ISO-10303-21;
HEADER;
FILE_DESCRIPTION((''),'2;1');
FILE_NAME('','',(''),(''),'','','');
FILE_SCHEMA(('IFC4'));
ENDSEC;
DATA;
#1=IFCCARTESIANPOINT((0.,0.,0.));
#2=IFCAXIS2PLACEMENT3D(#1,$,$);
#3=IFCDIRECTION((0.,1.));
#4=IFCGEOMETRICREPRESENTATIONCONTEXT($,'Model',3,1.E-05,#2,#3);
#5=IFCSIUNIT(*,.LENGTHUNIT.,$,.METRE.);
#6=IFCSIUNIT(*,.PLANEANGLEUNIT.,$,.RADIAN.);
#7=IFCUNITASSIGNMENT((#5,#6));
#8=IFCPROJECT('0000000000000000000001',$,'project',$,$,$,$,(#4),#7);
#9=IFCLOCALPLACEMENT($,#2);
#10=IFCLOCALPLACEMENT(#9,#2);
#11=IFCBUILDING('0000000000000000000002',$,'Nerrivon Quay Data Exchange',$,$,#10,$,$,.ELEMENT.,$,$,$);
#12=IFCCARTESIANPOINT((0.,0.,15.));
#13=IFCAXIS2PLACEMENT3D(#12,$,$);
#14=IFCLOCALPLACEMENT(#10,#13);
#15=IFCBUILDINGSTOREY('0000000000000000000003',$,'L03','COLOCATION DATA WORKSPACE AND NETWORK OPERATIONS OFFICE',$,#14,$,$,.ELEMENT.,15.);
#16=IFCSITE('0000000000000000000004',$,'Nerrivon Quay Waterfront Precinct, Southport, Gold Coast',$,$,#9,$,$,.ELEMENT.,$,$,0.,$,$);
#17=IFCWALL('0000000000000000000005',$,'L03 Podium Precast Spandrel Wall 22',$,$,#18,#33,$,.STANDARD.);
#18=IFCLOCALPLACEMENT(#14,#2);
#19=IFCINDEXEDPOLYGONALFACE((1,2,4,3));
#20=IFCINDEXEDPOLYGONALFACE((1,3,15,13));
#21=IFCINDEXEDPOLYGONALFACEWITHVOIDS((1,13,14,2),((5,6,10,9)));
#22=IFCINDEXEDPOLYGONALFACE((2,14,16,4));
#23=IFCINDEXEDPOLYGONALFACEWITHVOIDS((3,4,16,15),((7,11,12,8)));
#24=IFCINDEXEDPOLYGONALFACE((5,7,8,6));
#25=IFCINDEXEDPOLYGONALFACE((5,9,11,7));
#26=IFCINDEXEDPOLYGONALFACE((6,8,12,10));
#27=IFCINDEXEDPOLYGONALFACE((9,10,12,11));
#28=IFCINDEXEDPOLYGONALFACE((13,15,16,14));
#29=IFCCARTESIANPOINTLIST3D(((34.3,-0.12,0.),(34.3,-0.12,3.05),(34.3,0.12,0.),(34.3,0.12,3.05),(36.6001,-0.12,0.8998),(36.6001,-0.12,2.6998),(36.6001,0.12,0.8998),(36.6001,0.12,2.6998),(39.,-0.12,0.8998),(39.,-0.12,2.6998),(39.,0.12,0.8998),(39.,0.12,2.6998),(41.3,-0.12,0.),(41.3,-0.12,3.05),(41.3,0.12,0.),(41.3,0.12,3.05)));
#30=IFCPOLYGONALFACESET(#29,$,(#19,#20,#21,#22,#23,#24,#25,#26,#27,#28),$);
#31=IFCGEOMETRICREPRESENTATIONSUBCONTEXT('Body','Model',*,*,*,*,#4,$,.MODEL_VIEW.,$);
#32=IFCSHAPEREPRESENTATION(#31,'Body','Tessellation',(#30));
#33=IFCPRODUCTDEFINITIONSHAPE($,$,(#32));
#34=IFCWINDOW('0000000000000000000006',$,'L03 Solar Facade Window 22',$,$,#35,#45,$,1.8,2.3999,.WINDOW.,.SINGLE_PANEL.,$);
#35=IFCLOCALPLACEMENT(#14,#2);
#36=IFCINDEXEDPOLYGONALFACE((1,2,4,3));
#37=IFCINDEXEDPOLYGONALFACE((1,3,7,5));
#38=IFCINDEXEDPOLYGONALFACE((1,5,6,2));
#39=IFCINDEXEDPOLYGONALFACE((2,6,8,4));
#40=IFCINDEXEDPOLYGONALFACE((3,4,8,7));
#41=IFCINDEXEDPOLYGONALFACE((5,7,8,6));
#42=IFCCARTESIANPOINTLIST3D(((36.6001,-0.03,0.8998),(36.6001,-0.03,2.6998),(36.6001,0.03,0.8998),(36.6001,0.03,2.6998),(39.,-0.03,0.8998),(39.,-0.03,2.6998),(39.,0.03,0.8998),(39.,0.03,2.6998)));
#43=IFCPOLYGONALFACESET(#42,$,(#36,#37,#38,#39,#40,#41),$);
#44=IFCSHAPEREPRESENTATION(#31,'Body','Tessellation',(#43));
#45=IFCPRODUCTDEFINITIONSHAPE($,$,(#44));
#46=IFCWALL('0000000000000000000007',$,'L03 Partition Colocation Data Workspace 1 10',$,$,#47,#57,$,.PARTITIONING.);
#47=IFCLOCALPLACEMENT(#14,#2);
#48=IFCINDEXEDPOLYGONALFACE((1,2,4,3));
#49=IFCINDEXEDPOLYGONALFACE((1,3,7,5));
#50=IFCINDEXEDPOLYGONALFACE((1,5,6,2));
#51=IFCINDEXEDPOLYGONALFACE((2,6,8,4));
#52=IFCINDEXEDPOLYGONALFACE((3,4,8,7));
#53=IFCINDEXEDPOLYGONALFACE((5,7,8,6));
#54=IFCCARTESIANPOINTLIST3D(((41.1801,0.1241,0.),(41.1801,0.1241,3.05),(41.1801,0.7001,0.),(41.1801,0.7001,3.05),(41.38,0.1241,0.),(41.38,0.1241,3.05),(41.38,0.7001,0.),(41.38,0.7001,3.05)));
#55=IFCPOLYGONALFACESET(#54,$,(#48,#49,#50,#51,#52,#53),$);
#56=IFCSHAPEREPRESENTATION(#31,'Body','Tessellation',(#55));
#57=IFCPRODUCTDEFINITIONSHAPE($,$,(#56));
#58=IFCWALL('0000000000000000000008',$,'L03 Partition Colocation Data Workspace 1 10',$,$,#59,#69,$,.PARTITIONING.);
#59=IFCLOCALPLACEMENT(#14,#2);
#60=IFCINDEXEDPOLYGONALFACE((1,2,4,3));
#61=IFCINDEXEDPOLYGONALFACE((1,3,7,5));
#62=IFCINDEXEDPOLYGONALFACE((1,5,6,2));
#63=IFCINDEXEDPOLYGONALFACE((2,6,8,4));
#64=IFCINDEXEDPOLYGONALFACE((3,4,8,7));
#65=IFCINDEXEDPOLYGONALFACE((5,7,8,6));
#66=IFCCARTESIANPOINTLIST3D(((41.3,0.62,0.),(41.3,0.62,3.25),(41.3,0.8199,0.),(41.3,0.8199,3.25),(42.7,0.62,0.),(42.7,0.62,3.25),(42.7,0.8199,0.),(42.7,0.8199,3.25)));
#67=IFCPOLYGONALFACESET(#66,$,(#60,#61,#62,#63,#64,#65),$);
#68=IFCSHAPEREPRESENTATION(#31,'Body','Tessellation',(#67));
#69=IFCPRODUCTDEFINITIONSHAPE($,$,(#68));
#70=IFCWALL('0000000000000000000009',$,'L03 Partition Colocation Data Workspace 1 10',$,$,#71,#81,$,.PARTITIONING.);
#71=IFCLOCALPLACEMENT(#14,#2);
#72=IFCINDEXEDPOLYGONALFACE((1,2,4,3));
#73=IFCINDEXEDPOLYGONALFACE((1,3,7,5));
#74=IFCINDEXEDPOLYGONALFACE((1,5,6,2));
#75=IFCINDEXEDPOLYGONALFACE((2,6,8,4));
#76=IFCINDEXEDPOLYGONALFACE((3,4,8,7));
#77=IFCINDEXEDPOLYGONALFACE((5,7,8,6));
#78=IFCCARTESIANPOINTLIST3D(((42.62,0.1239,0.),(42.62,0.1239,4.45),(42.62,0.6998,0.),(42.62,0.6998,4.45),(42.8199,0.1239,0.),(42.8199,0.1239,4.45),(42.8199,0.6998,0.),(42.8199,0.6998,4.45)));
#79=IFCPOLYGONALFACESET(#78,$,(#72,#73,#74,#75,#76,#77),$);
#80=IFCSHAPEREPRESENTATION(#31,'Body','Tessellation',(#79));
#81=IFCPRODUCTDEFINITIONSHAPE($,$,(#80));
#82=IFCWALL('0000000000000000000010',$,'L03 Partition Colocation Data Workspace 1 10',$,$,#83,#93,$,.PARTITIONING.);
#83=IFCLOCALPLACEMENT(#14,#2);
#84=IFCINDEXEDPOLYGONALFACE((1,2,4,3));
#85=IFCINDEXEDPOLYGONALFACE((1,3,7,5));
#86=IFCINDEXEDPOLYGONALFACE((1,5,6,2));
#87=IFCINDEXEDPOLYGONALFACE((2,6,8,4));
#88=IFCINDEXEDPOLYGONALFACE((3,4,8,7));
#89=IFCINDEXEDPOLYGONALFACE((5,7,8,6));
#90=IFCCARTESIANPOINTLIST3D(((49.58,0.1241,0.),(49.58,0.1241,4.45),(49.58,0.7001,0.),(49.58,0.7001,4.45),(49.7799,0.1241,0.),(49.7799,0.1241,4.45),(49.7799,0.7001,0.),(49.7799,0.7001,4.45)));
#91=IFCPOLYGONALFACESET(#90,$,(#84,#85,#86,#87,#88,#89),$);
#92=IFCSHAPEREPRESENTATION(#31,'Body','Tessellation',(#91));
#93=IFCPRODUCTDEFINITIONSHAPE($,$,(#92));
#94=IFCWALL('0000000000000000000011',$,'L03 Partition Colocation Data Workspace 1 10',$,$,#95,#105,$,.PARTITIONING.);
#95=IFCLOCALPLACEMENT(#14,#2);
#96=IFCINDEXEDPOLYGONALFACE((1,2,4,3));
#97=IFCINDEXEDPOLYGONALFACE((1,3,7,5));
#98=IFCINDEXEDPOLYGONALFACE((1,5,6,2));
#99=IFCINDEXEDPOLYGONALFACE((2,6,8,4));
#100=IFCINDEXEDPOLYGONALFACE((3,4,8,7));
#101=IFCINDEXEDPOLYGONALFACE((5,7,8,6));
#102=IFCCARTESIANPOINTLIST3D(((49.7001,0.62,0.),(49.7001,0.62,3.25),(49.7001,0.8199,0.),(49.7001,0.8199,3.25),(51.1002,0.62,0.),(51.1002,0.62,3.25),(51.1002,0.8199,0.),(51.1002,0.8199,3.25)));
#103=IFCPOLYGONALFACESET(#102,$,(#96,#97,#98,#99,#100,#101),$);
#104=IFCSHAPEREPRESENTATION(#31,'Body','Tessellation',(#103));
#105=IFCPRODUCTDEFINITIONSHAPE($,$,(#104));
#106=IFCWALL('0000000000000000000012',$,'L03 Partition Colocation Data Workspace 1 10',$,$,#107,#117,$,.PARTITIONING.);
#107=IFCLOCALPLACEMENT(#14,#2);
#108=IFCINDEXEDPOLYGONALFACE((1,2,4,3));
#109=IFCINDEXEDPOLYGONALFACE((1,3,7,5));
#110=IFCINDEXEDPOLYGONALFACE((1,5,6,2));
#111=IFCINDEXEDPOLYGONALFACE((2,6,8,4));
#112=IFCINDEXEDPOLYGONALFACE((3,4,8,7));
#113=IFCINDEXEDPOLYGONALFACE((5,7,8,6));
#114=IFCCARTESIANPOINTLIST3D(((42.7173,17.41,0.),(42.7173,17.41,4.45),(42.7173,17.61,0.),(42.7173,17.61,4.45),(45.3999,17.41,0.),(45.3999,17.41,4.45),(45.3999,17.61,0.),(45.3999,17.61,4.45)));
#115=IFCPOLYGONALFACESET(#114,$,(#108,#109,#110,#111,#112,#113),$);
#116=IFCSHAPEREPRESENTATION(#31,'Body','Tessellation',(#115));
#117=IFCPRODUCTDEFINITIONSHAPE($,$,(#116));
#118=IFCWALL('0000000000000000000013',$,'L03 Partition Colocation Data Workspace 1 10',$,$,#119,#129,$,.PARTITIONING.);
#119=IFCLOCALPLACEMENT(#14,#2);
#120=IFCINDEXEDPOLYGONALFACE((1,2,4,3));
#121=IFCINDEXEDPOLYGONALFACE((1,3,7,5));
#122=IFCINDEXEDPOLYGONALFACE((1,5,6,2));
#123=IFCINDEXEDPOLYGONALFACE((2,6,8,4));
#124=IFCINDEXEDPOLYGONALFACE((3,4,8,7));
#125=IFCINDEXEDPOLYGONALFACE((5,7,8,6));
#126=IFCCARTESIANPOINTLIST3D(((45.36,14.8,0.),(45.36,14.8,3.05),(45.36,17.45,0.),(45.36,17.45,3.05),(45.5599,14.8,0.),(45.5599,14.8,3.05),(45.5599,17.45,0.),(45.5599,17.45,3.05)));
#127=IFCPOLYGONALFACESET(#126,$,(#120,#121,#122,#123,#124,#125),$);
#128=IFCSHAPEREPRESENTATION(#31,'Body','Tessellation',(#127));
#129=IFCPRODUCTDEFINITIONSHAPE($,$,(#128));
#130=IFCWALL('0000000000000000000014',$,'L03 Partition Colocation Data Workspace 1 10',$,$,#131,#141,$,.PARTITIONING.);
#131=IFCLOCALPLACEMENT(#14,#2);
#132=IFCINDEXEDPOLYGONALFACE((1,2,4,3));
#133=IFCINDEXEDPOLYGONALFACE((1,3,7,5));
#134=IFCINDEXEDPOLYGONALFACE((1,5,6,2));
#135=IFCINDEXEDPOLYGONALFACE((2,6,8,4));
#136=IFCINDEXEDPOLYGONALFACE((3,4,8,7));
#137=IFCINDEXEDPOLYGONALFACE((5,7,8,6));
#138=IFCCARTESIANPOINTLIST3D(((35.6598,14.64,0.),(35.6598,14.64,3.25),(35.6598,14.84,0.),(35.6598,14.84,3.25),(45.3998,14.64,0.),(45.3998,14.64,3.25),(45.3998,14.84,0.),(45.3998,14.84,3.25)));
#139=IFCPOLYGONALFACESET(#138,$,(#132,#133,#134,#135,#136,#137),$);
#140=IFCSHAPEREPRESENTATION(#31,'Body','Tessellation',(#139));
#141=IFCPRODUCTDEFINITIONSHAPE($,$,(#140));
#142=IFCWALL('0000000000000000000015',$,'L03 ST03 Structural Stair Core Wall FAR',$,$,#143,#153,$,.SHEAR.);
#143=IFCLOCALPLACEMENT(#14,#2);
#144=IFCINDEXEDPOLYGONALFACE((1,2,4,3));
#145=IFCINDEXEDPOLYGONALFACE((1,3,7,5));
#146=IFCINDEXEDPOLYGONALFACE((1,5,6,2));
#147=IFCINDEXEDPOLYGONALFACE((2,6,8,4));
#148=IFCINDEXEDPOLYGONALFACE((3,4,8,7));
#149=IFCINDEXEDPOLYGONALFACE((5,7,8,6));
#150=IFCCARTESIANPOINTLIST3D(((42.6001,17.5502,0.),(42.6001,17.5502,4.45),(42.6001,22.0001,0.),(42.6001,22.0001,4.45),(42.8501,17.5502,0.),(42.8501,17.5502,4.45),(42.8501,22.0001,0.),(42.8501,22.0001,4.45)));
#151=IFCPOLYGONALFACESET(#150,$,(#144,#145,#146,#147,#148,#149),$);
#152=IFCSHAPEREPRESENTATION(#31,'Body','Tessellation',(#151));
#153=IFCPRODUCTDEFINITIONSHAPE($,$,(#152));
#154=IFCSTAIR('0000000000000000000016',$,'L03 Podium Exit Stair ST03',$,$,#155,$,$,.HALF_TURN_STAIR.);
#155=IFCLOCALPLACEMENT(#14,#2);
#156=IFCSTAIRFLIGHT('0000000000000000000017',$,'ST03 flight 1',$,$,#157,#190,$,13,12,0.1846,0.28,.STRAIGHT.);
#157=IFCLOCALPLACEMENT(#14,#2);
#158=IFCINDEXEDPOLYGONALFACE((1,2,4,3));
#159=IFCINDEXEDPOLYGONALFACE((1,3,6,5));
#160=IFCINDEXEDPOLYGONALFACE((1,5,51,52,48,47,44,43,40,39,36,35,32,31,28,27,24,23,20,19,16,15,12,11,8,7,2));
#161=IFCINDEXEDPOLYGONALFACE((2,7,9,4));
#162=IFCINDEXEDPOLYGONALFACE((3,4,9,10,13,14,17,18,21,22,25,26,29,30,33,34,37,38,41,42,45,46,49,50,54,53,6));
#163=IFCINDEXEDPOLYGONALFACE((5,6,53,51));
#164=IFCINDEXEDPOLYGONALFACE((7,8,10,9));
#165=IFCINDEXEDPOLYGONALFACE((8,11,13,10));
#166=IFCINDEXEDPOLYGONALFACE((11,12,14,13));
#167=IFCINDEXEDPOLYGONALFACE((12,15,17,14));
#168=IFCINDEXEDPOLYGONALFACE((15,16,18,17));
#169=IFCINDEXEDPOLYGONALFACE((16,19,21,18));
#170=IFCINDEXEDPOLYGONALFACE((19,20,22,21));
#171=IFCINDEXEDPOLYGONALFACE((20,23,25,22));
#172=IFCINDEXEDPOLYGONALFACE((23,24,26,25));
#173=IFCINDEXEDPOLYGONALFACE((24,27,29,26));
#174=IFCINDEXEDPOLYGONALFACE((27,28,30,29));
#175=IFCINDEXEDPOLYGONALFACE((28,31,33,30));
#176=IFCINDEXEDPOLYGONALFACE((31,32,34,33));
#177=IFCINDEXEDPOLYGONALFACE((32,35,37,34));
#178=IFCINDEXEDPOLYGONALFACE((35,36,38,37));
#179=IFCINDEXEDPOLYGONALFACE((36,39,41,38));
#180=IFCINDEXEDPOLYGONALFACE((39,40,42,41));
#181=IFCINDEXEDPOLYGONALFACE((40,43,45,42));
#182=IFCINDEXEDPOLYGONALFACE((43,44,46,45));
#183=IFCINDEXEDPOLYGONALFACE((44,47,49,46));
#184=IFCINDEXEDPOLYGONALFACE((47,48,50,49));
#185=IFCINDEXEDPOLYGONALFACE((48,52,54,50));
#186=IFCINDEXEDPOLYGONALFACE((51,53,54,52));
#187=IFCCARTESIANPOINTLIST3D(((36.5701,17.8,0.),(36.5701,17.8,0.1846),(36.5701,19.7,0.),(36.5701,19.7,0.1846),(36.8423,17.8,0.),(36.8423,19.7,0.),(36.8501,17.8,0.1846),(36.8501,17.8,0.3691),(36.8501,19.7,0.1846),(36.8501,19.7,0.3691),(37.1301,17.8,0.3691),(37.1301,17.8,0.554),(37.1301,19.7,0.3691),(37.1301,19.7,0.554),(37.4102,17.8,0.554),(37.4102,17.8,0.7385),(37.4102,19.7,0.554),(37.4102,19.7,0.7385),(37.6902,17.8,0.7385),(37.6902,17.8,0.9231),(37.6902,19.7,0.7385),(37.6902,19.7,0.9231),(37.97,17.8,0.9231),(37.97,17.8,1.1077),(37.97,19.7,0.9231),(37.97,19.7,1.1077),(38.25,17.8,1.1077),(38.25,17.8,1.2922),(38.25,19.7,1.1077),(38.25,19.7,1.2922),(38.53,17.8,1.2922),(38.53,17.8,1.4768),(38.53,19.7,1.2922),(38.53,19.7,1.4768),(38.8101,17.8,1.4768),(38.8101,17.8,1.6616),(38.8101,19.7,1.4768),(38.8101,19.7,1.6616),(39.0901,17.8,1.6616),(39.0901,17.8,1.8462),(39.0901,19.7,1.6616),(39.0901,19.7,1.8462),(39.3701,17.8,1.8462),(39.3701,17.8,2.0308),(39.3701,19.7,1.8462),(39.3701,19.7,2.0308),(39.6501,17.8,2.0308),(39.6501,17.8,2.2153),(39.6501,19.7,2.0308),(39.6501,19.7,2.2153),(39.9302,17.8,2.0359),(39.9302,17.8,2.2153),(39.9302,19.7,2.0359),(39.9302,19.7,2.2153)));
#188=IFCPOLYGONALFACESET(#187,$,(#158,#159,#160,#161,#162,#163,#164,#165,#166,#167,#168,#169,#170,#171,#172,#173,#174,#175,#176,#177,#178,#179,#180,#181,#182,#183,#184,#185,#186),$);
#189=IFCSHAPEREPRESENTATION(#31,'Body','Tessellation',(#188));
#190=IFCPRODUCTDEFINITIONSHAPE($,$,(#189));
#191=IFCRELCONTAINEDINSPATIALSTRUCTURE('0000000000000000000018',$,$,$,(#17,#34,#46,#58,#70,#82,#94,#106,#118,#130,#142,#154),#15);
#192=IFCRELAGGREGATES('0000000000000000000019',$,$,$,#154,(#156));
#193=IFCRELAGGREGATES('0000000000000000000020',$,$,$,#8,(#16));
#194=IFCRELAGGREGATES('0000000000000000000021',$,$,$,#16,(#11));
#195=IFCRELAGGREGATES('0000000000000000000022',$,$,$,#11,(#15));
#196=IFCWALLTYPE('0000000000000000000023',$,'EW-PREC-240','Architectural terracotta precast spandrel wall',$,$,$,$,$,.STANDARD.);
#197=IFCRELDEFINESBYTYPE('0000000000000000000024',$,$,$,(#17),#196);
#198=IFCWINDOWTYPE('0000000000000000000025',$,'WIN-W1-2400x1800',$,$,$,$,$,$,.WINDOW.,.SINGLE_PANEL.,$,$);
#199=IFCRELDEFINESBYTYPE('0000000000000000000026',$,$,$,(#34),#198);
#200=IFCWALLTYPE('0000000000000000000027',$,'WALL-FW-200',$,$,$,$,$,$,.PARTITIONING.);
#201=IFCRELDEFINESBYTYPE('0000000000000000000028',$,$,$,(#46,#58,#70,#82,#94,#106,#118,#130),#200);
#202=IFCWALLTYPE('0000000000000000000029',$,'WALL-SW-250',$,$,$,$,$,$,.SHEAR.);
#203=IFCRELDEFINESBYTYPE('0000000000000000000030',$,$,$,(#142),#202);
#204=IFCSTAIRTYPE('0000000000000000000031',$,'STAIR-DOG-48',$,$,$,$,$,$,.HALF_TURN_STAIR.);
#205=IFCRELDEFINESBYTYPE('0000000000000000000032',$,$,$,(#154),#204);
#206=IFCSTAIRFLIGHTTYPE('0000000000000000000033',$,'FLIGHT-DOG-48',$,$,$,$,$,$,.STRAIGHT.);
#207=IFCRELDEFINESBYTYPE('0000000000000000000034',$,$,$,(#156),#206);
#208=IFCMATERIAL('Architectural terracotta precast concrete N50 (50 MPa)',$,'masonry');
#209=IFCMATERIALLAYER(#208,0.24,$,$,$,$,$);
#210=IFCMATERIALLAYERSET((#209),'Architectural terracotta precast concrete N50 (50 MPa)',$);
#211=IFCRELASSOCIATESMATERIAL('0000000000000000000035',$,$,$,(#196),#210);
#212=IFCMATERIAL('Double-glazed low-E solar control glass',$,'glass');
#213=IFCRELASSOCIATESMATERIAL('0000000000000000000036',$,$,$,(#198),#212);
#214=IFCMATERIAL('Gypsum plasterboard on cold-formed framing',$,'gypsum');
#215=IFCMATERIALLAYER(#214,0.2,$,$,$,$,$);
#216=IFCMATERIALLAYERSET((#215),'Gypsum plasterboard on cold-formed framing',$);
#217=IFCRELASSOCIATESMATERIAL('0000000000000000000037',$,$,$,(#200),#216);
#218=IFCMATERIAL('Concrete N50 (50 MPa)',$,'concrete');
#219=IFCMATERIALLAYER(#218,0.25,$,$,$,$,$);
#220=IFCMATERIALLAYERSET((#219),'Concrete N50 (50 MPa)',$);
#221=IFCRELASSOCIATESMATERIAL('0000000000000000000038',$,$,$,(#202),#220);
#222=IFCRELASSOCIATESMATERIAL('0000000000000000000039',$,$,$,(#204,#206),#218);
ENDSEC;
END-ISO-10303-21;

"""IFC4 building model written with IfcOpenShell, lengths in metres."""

from ifc_helpers import new_model, si_unit, direction, frame, frame_2d, origin, place, context, subcontext, project, spatial, polyline, rectangle, outline, extrude, material, layer, layer_set, type_object, element, fill, aggregate, save


model = new_model("IFC4")

# Units and contexts
model_context = context("Model", 3, precision=1e-05, world=origin(), true_north=direction((0.0, 1.0)))
body_context = subcontext(model_context, "Body", "Model", "MODEL_VIEW")
ifc_project = project(units=[si_unit("LENGTHUNIT", "METRE"), si_unit("PLANEANGLEUNIT", "RADIAN")], contexts=[model_context])

# Site, building, storey
site_placement = place(None, origin())
site = spatial("IfcSite", under=ifc_project, at=site_placement, Name="Nerrivon Quay Waterfront Precinct, Southport, Gold Coast", CompositionType="ELEMENT", RefElevation=0.0)
building_placement = place(site_placement, origin())
building = spatial("IfcBuilding", under=site, at=building_placement, Name="Nerrivon Quay Data Exchange", CompositionType="ELEMENT")
storey_placement = place(building_placement, frame((0.0, 0.0, 15.0)))
storey = spatial("IfcBuildingStorey", under=building, at=storey_placement, Name="L03", Description="COLOCATION DATA WORKSPACE AND NETWORK OPERATIONS OFFICE", CompositionType="ELEMENT", Elevation=15.0)

# Wall, opening, window
ifc_material_1 = material(Name="Architectural terracotta precast concrete N50 (50 MPa)", Category="masonry")
ifc_layer_1 = layer(ifc_material_1, 0.24)
ifc_layer_set_1 = layer_set([ifc_layer_1], Name="Architectural terracotta precast concrete N50 (50 MPa)")
wall_type_1 = type_object("IfcWallType", Name="EW-PREC-240", Description="Architectural terracotta precast spandrel wall", PredefinedType="STANDARD", material=ifc_layer_set_1)
ifc_material_2 = material(Name="Double-glazed low-E solar control glass", Category="glass")
wall_1_placement = place(storey_placement, frame((41.3, 0.0, 0.0), z_axis=(0.0, 0.0, 1.0), x_axis=(-1.0, 0.0, 0.0)))
wall_1 = element("IfcWall", 1, at=wall_1_placement, inside=storey, type_object=wall_type_1, Name="L03 Podium Precast Spandrel Wall 22", PredefinedType="STANDARD", context=body_context, shape_type="SweptSolid", body=[
    extrude(rectangle(XDim=7.0, YDim=0.24, at=frame_2d((3.5, 0.0))), origin(), (0.0, 0.0, 1.0), 3.05),
])
opening_1_placement = place(wall_1_placement, frame((2.3, 0.0, 0.8999)))
opening_1 = element("IfcOpeningElement", 2, at=opening_1_placement, cuts=wall_1, PredefinedType="OPENING", context=body_context, shape_type="SweptSolid", body=[
    extrude(rectangle(XDim=2.3999, YDim=1.8, at=frame_2d((1.2, 0.8999))), frame((0.0, 0.1299, 0.0), z_axis=(0.0, -1.0, 0.0), x_axis=(1.0, 0.0, 0.0)), (0.0, 0.0, 1.0), 0.26),
])
window_type_1 = type_object("IfcWindowType", Name="WIN-W1-2400x1800", PartitioningType="SINGLE_PANEL", PredefinedType="WINDOW", material=ifc_material_2)
window_1_placement = place(opening_1_placement, origin())
window_1 = element("IfcWindow", 3, at=window_1_placement, inside=storey, type_object=window_type_1, Name="L03 Solar Facade Window 22", OverallHeight=1.8, OverallWidth=2.3999, PartitioningType="SINGLE_PANEL", PredefinedType="WINDOW", context=body_context, shape_type="SweptSolid", body=[
    extrude(rectangle(XDim=2.3999, YDim=1.8, at=frame_2d((1.2, 0.8999))), frame((0.0, 0.03, 0.0), z_axis=(0.0, -1.0, 0.0), x_axis=(1.0, 0.0, 0.0)), (0.0, 0.0, 1.0), 0.0601),
])
fill(opening_1, window_1)

# Walls
ifc_material_3 = material(Name="Gypsum plasterboard on cold-formed framing", Category="gypsum")
ifc_layer_2 = layer(ifc_material_3, 0.2)
ifc_layer_set_2 = layer_set([ifc_layer_2], Name="Gypsum plasterboard on cold-formed framing")
wall_type_2 = type_object("IfcWallType", Name="WALL-FW-200", PredefinedType="PARTITIONING", material=ifc_layer_set_2)
wall_2_placement = place(storey_placement, frame((41.28, 0.124, 0.0), z_axis=(0.0, 0.0, 1.0), x_axis=(0.0, 1.0, 0.0)))
element("IfcWall", 4, at=wall_2_placement, inside=storey, type_object=wall_type_2, Name="L03 Partition Colocation Data Workspace 1 10", PredefinedType="PARTITIONING", context=body_context, shape_type="SweptSolid", body=[
    extrude(rectangle(XDim=0.5759, YDim=0.2, at=frame_2d((0.2881, 0.0))), origin(), (0.0, 0.0, 1.0), 3.05),
])
wall_3_placement = place(storey_placement, frame((41.3, 0.72, 0.0), z_axis=(0.0, 0.0, 1.0), x_axis=(1.0, 0.0, 0.0)))
element("IfcWall", 5, at=wall_3_placement, inside=storey, type_object=wall_type_2, Name="L03 Partition Colocation Data Workspace 1 10", PredefinedType="PARTITIONING", context=body_context, shape_type="SweptSolid", body=[
    extrude(rectangle(XDim=1.3999, YDim=0.2, at=frame_2d((0.7, 0.0))), origin(), (0.0, 0.0, 1.0), 3.25),
])
for number, where, z_axis, x_axis, name in (
    (6, (42.72, 0.7, 0.0), (0.0, 0.0, 1.0), (0.0, -1.0, 0.0), "L03 Partition Colocation Data Workspace 1 10"),
    (7, (49.6799, 0.124, 0.0), (0.0, 0.0, 1.0), (0.0, 1.0, 0.0), "L03 Partition Colocation Data Workspace 1 10"),
):
    element("IfcWall", number, at=place(storey_placement, frame(where, z_axis=z_axis, x_axis=x_axis)), inside=storey, type_object=wall_type_2, Name=name, PredefinedType="PARTITIONING", context=body_context, shape_type="SweptSolid", body=[
        extrude(rectangle(XDim=0.5759, YDim=0.2, at=frame_2d((0.2881, 0.0))), origin(), (0.0, 0.0, 1.0), 4.45),
    ])
wall_4_placement = place(storey_placement, frame((49.7, 0.72, 0.0), z_axis=(0.0, 0.0, 1.0), x_axis=(1.0, 0.0, 0.0)))
element("IfcWall", 8, at=wall_4_placement, inside=storey, type_object=wall_type_2, Name="L03 Partition Colocation Data Workspace 1 10", PredefinedType="PARTITIONING", context=body_context, shape_type="SweptSolid", body=[
    extrude(rectangle(XDim=1.4001, YDim=0.2, at=frame_2d((0.7002, 0.0))), origin(), (0.0, 0.0, 1.0), 3.25),
])
wall_5_placement = place(storey_placement, frame((42.7173, 17.51, 0.0), z_axis=(0.0, 0.0, 1.0), x_axis=(1.0, 0.0, 0.0)))
element("IfcWall", 9, at=wall_5_placement, inside=storey, type_object=wall_type_2, Name="L03 Partition Colocation Data Workspace 1 10", PredefinedType="PARTITIONING", context=body_context, shape_type="SweptSolid", body=[
    extrude(rectangle(XDim=2.6826, YDim=0.2, at=frame_2d((1.3413, 0.0))), origin(), (0.0, 0.0, 1.0), 4.45),
])
wall_6_placement = place(storey_placement, frame((45.46, 17.45, 0.0), z_axis=(0.0, 0.0, 1.0), x_axis=(0.0, -1.0, 0.0)))
element("IfcWall", 10, at=wall_6_placement, inside=storey, type_object=wall_type_2, Name="L03 Partition Colocation Data Workspace 1 10", PredefinedType="PARTITIONING", context=body_context, shape_type="SweptSolid", body=[
    extrude(rectangle(XDim=2.6499, YDim=0.2, at=frame_2d((1.325, 0.0))), origin(), (0.0, 0.0, 1.0), 3.05),
])
wall_7_placement = place(storey_placement, frame((45.3999, 14.74, 0.0), z_axis=(0.0, 0.0, 1.0), x_axis=(-1.0, 0.0, 0.0)))
element("IfcWall", 11, at=wall_7_placement, inside=storey, type_object=wall_type_2, Name="L03 Partition Colocation Data Workspace 1 10", PredefinedType="PARTITIONING", context=body_context, shape_type="SweptSolid", body=[
    extrude(rectangle(XDim=9.74, YDim=0.2, at=frame_2d((4.8701, 0.0))), origin(), (0.0, 0.0, 1.0), 3.25),
])
ifc_material_4 = material(Name="Concrete N50 (50 MPa)", Category="concrete")
ifc_layer_3 = layer(ifc_material_4, 0.25)
ifc_layer_set_3 = layer_set([ifc_layer_3], Name="Concrete N50 (50 MPa)")
wall_type_3 = type_object("IfcWallType", Name="WALL-SW-250", PredefinedType="SHEAR", material=ifc_layer_set_3)
wall_8_placement = place(storey_placement, frame((42.7251, 17.55, 0.0), z_axis=(0.0, 0.0, 1.0), x_axis=(0.0, 1.0, 0.0)))
element("IfcWall", 12, at=wall_8_placement, inside=storey, type_object=wall_type_3, Name="L03 ST03 Structural Stair Core Wall FAR", PredefinedType="SHEAR", context=body_context, shape_type="SweptSolid", body=[
    extrude(rectangle(XDim=4.45, YDim=0.25, at=frame_2d((2.2251, 0.0))), origin(), (0.0, 0.0, 1.0), 4.45),
])

# Stair, stair flight
stair_type = type_object("IfcStairType", Name="STAIR-DOG-48", PredefinedType="HALF_TURN_STAIR", material=ifc_material_4)
stair_placement = place(storey_placement, origin())
stair = element("IfcStair", 13, at=stair_placement, inside=storey, type_object=stair_type, Name="L03 Podium Exit Stair ST03", PredefinedType="HALF_TURN_STAIR")
stair_flight_type = type_object("IfcStairFlightType", Name="FLIGHT-DOG-48", PredefinedType="STRAIGHT", material=ifc_material_4)
stair_flight_placement = place(storey_placement, frame((36.5701, 18.75, 0.0), z_axis=(0.0, 0.0, 1.0), x_axis=(1.0, 0.0, 0.0)))
stair_flight = element("IfcStairFlight", 14, at=stair_flight_placement, type_object=stair_flight_type, Name="ST03 flight 1", NumberOfRisers=13, NumberOfTreads=12, PredefinedType="STRAIGHT", RiserHeight=0.1846, TreadLength=0.28, context=body_context, shape_type="SweptSolid", body=[
    extrude(outline(polyline([(0.0, 0.0), (0.0, 0.1846), (0.28, 0.1846), (0.28, 0.3691), (0.5601, 0.3691), (0.5601, 0.554), (0.8401, 0.554), (0.8401, 0.7385), (1.1201, 0.7385), (1.1201, 0.9231), (1.3999, 0.9231), (1.3999, 1.1077), (1.6799, 1.1077), (1.6799, 1.2922), (1.96, 1.2922), (1.96, 1.4768), (2.24, 1.4768), (2.24, 1.6616), (2.52, 1.6616), (2.52, 1.8462), (2.8, 1.8462), (2.8, 2.0308), (3.0801, 2.0308), (3.0801, 2.2153), (3.3601, 2.2153), (3.3601, 2.3999), (3.3601, 2.0359), (0.2722, 0.0), (0.0, 0.0)])), frame((0.0, 0.95, 0.0), z_axis=(0.0, -1.0, 0.0), x_axis=(1.0, 0.0, 0.0)), (0.0, 0.0, 1.0), 1.8999),
])
aggregate(stair, [stair_flight])

save(model, "model.ifc")
